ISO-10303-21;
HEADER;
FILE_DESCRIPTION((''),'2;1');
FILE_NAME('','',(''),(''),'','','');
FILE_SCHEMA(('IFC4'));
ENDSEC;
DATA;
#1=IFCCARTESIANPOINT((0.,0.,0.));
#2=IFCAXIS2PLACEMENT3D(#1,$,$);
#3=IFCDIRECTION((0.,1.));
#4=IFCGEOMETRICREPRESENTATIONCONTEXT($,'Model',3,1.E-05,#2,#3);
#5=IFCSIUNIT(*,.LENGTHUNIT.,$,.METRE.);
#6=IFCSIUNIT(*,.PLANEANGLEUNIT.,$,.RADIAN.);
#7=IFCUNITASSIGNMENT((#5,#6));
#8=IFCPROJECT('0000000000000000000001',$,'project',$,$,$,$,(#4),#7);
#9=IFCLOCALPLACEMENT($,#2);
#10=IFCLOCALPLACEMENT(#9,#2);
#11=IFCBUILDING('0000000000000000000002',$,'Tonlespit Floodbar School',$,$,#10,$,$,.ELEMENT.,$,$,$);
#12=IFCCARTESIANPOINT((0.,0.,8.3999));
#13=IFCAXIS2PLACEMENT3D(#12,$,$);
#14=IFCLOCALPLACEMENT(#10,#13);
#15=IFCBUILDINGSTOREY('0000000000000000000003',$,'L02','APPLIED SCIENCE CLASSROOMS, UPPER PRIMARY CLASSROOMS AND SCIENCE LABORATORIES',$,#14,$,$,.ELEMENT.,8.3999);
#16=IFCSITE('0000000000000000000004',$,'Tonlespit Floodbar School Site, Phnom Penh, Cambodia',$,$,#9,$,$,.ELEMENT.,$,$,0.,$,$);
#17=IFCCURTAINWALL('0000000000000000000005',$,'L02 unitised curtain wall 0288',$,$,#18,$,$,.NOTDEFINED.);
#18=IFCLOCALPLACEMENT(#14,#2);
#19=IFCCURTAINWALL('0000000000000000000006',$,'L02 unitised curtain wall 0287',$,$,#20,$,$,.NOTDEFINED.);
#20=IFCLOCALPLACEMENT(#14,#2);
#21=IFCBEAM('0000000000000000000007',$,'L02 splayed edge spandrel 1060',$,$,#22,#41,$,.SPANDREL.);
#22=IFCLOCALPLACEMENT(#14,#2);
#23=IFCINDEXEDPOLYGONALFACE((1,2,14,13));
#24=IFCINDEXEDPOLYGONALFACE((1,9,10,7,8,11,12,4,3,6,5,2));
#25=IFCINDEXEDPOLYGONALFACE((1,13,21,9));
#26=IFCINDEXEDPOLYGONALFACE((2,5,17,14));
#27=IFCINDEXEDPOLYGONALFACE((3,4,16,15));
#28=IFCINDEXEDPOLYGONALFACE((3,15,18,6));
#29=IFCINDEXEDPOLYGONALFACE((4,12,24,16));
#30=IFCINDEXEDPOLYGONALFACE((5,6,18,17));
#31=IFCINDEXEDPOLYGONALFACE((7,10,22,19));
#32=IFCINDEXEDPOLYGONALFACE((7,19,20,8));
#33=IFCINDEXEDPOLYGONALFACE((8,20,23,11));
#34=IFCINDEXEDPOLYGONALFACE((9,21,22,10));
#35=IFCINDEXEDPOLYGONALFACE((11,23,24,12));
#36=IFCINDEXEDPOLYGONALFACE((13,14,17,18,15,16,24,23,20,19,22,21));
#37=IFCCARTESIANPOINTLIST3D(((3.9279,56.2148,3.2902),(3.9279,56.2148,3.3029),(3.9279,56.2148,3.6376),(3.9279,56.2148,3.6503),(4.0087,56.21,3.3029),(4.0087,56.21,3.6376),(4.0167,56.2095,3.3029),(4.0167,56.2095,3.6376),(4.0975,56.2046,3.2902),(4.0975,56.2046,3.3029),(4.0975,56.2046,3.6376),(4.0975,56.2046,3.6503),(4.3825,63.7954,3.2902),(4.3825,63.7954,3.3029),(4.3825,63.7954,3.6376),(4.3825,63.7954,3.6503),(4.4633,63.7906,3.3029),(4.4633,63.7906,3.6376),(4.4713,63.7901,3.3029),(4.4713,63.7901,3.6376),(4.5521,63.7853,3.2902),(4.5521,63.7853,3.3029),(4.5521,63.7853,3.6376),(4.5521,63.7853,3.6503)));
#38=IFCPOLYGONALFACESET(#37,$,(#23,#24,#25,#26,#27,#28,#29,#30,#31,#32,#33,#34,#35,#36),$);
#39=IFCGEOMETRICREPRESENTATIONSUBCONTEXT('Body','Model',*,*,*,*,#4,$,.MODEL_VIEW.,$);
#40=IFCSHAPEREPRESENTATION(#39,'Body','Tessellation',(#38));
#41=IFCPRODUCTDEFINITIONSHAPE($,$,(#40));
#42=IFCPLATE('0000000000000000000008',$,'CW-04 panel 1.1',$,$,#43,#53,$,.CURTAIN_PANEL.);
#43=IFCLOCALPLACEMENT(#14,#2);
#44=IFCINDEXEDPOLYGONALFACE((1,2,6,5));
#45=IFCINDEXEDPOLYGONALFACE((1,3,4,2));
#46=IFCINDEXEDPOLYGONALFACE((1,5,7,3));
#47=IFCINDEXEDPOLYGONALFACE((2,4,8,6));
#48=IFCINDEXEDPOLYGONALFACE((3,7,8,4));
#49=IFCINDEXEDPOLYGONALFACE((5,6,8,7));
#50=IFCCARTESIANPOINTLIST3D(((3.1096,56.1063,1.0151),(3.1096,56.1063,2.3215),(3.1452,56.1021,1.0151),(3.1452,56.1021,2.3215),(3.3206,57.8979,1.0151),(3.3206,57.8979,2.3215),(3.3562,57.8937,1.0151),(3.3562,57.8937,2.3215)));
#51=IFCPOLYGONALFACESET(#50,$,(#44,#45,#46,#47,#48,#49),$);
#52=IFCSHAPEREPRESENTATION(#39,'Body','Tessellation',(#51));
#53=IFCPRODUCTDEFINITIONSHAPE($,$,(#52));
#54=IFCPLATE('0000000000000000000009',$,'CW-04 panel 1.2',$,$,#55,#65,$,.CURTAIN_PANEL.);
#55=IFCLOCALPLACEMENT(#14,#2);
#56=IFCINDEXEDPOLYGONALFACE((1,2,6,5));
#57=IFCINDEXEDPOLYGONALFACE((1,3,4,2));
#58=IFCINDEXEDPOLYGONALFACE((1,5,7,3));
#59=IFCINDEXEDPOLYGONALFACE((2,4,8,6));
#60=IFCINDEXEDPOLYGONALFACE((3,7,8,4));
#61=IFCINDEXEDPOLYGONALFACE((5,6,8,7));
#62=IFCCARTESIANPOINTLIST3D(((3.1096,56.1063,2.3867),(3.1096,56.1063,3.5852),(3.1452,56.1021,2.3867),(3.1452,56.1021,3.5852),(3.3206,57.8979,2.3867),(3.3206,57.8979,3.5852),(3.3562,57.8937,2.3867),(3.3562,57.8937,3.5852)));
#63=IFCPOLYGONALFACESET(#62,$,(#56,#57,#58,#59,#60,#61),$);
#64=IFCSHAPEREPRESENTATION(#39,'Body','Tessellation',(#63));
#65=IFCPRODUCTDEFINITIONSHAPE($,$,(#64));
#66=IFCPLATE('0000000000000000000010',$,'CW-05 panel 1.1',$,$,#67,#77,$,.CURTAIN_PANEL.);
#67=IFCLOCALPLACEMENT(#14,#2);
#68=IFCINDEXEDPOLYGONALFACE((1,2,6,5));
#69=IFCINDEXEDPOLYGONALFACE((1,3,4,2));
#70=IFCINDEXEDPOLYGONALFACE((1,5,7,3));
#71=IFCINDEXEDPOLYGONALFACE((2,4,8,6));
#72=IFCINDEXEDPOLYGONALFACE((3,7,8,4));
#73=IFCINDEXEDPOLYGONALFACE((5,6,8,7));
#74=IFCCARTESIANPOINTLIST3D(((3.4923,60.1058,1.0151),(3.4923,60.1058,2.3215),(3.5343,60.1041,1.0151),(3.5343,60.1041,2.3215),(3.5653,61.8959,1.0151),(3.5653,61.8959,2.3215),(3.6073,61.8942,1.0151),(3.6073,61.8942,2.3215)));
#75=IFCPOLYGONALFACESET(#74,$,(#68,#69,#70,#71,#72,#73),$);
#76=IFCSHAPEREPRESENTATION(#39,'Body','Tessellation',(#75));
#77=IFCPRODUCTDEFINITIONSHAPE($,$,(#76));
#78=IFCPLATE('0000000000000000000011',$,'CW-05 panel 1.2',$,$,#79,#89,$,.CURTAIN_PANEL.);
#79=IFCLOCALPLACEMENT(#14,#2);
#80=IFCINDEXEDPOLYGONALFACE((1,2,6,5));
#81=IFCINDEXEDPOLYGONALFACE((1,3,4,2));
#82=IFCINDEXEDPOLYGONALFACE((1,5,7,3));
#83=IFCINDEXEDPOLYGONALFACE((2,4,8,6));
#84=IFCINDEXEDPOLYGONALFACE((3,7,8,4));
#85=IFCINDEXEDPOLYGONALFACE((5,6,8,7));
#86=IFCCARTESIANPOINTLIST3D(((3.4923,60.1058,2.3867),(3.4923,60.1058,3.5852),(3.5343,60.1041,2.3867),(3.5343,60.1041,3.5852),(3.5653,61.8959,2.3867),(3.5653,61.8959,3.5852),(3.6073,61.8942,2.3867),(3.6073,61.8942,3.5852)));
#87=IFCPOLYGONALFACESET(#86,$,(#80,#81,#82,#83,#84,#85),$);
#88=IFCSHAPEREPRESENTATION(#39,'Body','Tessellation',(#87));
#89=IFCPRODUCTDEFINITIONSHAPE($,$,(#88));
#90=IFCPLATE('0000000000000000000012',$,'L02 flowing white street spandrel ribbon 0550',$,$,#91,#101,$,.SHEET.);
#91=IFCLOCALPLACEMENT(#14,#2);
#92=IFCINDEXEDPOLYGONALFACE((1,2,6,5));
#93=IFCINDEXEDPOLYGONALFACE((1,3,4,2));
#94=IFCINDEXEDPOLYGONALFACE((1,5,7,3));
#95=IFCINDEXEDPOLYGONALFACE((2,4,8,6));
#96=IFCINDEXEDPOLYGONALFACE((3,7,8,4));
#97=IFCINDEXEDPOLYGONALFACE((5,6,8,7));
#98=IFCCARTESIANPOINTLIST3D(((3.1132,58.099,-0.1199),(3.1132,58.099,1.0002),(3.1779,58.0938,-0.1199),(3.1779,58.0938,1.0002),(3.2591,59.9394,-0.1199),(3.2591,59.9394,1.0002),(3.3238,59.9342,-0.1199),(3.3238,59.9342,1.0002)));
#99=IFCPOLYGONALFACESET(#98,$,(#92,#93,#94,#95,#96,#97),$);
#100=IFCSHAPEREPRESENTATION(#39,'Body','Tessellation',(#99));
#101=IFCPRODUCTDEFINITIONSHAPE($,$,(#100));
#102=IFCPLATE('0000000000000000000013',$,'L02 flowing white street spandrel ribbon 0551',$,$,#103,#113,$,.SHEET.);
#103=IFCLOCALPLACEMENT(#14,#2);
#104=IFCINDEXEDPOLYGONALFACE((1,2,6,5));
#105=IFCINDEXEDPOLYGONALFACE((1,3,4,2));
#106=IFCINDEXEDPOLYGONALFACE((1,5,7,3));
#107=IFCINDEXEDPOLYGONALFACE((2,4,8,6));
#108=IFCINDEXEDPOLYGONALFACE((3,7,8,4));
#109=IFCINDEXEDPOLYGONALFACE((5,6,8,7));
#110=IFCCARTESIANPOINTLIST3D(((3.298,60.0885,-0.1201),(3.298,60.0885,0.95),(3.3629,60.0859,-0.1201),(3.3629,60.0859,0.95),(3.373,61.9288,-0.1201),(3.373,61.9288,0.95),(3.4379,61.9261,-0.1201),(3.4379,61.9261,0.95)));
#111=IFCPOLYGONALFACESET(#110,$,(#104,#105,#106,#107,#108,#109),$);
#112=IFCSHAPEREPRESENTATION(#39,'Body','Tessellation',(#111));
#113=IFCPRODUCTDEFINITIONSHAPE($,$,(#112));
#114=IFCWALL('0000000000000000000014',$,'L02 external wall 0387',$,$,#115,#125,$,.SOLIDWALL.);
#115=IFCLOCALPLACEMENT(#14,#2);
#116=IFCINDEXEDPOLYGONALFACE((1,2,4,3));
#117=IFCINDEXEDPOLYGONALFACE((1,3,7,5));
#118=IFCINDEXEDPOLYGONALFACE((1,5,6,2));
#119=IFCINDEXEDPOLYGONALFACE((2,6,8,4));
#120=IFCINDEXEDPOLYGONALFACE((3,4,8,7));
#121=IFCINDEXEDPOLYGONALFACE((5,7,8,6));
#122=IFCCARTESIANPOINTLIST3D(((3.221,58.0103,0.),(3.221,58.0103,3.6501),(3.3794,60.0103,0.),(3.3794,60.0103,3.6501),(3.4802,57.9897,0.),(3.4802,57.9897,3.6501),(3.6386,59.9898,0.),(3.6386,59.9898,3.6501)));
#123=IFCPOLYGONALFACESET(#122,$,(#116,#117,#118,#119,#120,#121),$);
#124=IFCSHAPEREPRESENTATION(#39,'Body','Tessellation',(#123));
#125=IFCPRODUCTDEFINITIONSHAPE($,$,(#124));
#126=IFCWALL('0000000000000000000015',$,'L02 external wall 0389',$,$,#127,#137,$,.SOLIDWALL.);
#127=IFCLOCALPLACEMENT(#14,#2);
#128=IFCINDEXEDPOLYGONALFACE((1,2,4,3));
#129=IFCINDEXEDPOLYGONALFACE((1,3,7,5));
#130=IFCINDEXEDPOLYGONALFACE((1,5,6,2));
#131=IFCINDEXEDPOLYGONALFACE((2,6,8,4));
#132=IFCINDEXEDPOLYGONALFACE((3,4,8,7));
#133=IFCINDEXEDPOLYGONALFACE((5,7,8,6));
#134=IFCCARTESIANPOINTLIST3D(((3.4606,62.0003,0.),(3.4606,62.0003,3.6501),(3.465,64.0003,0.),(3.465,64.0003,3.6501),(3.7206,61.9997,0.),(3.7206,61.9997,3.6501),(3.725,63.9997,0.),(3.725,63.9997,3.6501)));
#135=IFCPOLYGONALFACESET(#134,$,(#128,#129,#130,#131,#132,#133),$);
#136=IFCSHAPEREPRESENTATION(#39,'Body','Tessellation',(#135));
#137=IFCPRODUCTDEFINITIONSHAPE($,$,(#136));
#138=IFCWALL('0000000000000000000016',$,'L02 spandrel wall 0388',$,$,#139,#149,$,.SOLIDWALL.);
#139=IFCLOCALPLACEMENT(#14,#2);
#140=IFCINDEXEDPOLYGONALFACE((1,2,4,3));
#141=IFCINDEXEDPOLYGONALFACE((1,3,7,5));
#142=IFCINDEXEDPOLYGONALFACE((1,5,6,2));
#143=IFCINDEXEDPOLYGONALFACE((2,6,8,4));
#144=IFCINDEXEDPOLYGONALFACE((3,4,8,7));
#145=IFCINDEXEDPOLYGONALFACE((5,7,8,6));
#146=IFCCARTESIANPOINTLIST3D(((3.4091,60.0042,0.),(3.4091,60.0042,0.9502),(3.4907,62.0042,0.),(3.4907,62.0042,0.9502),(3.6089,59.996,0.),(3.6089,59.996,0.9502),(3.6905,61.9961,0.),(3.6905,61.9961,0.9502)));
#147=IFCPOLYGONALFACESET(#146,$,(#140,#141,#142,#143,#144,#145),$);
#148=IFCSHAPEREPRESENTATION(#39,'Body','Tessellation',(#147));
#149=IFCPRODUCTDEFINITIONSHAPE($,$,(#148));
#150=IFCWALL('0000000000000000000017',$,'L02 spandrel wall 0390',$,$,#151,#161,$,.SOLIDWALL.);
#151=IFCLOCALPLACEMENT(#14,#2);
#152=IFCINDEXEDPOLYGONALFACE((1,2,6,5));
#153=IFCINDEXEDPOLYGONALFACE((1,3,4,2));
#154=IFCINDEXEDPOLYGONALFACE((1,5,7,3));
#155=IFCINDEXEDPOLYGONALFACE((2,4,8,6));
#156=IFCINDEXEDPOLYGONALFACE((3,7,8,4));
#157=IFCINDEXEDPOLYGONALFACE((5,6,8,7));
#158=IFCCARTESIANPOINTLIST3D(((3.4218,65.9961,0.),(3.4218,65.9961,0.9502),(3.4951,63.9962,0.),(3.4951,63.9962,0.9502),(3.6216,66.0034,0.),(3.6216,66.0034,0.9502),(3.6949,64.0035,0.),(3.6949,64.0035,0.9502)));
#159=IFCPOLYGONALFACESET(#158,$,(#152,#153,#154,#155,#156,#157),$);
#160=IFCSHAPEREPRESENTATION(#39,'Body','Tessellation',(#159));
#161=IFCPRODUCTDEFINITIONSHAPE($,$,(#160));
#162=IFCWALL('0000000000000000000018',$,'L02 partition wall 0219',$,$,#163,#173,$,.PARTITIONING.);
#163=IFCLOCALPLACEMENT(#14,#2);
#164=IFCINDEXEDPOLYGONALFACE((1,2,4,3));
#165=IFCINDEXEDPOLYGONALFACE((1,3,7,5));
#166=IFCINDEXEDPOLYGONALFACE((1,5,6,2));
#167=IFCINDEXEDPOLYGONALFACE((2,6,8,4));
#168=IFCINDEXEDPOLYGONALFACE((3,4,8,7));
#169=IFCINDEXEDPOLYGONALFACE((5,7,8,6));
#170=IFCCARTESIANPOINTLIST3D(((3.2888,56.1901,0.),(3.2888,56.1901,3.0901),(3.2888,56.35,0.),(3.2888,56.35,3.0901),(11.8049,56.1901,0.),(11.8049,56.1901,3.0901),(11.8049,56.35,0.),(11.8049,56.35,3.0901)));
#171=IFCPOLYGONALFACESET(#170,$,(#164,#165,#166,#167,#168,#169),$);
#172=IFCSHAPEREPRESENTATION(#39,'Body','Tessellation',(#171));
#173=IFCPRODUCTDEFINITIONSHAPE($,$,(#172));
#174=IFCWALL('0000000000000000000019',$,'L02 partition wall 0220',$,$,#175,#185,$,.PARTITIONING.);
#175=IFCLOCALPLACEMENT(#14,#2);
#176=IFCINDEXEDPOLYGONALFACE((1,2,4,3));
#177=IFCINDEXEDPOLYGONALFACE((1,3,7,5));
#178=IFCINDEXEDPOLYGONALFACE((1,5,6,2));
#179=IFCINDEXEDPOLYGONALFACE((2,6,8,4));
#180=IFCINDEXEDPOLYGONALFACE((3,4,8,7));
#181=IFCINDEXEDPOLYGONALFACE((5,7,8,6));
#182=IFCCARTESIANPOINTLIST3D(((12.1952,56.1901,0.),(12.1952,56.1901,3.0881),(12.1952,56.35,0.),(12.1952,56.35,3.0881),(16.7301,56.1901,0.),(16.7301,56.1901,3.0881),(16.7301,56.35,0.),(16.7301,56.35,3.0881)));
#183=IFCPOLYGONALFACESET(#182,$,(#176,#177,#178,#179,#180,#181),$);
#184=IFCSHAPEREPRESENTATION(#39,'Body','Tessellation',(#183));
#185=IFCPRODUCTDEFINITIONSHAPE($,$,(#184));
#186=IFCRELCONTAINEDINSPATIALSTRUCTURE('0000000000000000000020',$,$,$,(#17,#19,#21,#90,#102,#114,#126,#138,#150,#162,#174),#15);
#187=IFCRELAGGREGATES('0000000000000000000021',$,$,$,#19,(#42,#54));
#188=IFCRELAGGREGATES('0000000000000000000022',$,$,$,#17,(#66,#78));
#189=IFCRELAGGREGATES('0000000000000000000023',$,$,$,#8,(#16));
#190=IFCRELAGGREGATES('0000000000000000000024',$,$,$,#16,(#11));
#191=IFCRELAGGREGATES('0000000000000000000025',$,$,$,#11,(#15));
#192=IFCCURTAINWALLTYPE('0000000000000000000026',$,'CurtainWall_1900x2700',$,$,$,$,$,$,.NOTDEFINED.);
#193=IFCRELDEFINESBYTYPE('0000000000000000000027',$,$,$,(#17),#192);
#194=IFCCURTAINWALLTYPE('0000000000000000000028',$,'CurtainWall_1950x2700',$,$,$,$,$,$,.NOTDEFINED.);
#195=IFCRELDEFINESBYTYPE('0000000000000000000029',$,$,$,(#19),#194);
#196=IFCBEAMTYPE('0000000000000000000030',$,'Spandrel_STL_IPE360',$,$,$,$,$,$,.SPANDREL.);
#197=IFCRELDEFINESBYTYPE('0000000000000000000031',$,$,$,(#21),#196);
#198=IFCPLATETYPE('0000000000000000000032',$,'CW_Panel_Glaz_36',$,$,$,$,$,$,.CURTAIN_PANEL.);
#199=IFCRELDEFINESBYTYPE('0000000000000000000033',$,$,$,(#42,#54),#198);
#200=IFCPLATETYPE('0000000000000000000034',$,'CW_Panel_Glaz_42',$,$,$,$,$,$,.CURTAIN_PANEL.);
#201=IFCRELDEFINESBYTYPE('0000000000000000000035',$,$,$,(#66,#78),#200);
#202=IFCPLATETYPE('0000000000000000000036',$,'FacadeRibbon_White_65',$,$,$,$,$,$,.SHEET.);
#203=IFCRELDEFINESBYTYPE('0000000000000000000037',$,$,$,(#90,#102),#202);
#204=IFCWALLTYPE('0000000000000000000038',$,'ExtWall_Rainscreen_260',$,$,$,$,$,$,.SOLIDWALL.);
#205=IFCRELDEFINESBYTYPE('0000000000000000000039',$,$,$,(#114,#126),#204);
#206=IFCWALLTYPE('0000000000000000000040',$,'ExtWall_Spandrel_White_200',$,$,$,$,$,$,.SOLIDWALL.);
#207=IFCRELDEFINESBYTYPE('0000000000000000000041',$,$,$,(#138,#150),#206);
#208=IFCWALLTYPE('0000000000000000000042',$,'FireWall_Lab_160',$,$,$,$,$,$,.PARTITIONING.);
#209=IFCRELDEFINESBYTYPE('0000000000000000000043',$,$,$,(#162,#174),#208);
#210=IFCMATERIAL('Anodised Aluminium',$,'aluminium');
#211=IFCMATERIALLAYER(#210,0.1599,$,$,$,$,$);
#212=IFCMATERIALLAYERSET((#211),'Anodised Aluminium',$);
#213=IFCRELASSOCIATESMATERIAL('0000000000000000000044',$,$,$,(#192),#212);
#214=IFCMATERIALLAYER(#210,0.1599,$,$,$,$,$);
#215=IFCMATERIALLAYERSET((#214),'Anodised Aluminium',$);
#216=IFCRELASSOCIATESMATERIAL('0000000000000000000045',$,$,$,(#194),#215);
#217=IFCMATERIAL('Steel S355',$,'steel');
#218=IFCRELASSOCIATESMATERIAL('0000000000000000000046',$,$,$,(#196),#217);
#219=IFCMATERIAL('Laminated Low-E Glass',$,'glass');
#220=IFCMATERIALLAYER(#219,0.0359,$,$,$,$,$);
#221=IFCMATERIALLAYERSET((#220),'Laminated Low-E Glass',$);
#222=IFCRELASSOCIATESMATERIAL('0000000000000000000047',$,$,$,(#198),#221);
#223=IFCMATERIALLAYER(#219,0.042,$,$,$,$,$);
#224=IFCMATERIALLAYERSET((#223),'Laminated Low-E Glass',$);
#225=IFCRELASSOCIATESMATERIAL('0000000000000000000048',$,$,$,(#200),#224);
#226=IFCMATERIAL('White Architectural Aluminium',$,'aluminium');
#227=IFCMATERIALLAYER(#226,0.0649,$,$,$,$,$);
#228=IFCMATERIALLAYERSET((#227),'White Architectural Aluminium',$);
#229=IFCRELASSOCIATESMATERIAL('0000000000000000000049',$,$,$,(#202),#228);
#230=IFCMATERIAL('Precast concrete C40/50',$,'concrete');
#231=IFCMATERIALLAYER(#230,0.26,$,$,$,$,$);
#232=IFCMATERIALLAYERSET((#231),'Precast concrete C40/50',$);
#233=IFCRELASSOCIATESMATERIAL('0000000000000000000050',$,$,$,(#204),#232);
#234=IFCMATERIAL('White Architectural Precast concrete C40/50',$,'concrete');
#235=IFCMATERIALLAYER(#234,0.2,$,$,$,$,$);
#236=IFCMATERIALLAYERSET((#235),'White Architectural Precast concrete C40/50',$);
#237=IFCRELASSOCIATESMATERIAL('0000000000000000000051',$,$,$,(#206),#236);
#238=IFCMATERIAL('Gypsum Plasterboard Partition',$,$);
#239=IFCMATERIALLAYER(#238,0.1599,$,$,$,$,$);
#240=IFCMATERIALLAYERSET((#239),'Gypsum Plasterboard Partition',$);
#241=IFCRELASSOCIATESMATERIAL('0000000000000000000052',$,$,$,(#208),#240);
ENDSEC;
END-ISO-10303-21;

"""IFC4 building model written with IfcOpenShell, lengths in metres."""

from ifc_helpers import new_model, si_unit, direction, frame, frame_2d, origin, origin_2d, place, context, subcontext, project, spatial, rectangle, i_section, extrude, material, layer, layer_set, material_profile, profile_set, type_object, element, aggregate, save


model = new_model("IFC4")

# Units and contexts
model_context = context("Model", 3, precision=1e-05, world=origin(), true_north=direction((0.0, 1.0)))
body_context = subcontext(model_context, "Body", "Model", "MODEL_VIEW")
ifc_project = project(units=[si_unit("LENGTHUNIT", "METRE"), si_unit("PLANEANGLEUNIT", "RADIAN")], contexts=[model_context])

# Site, building, storey
site_placement = place(None, origin())
site = spatial("IfcSite", under=ifc_project, at=site_placement, Name="Tonlespit Floodbar School Site, Phnom Penh, Cambodia", CompositionType="ELEMENT", RefElevation=0.0)
building_placement = place(site_placement, origin())
building = spatial("IfcBuilding", under=site, at=building_placement, Name="Tonlespit Floodbar School", CompositionType="ELEMENT")
storey_placement = place(building_placement, frame((0.0, 0.0, 8.3999)))
storey = spatial("IfcBuildingStorey", under=building, at=storey_placement, Name="L02", Description="APPLIED SCIENCE CLASSROOMS, UPPER PRIMARY CLASSROOMS AND SCIENCE LABORATORIES", CompositionType="ELEMENT", Elevation=8.3999)

# Curtain wall
ifc_material_1 = material(Name="Anodised Aluminium", Category="aluminium")
ifc_layer_1 = layer(ifc_material_1, 0.1599)
ifc_layer_set_1 = layer_set([ifc_layer_1], Name="Anodised Aluminium")
curtain_wall_type_1 = type_object("IfcCurtainWallType", Name="CurtainWall_1900x2700", PredefinedType="NOTDEFINED", material=ifc_layer_set_1)
curtain_wall_1_placement = place(storey_placement, origin())
curtain_wall_1 = element("IfcCurtainWall", 1, at=curtain_wall_1_placement, inside=storey, type_object=curtain_wall_type_1, Name="L02 unitised curtain wall 0288", PredefinedType="NOTDEFINED")

# Curtain wall
ifc_layer_2 = layer(ifc_material_1, 0.1599)
ifc_layer_set_2 = layer_set([ifc_layer_2], Name="Anodised Aluminium")
curtain_wall_type_2 = type_object("IfcCurtainWallType", Name="CurtainWall_1950x2700", PredefinedType="NOTDEFINED", material=ifc_layer_set_2)
curtain_wall_2_placement = place(storey_placement, origin())
curtain_wall_2 = element("IfcCurtainWall", 2, at=curtain_wall_2_placement, inside=storey, type_object=curtain_wall_type_2, Name="L02 unitised curtain wall 0287", PredefinedType="NOTDEFINED")

# Beam
ifc_material_2 = material(Name="Steel S355", Category="steel")
ifc_material_profile_1 = material_profile(ifc_material_2, i_section(OverallWidth=0.1699, OverallDepth=0.3601, WebThickness=0.0081, FlangeThickness=0.0127, at=origin_2d()), Name="IPE 360")
ifc_profile_set_1 = profile_set([ifc_material_profile_1], Name="Steel S355")
beam_type_1 = type_object("IfcBeamType", Name="Spandrel_STL_IPE360", PredefinedType="SPANDREL", material=ifc_profile_set_1)
beam_1_placement = place(storey_placement, frame((4.0127, 56.2097, 3.4702), z_axis=(0.05986, 0.998207, 0.0), x_axis=(-0.998207, 0.05986, 0.0)))
element("IfcBeam", 3, at=beam_1_placement, inside=storey, type_object=beam_type_1, Name="L02 splayed edge spandrel 1060", PredefinedType="SPANDREL", context=body_context, shape_type="SweptSolid", body=[
    extrude(i_section(OverallWidth=0.1699, OverallDepth=0.3601, WebThickness=0.0081, FlangeThickness=0.0127, at=origin_2d()), origin(), (0.0, 0.0, 1.0), 7.5942),
])

# Plates
ifc_material_3 = material(Name="Laminated Low-E Glass", Category="glass")
ifc_layer_3 = layer(ifc_material_3, 0.0359)
ifc_layer_set_3 = layer_set([ifc_layer_3], Name="Laminated Low-E Glass")
plate_type_1 = type_object("IfcPlateType", Name="CW_Panel_Glaz_36", PredefinedType="CURTAIN_PANEL", material=ifc_layer_set_3)
plate_1_placement = place(storey_placement, frame((3.2329, 57.0, 1.0151), z_axis=(0.0, 0.0, 1.0), x_axis=(0.116967, 0.993136, 0.0)))
plate_1 = element("IfcPlate", 4, at=plate_1_placement, type_object=plate_type_1, Name="CW-04 panel 1.1", PredefinedType="CURTAIN_PANEL", context=body_context, shape_type="SweptSolid", body=[
    extrude(rectangle(XDim=1.804, YDim=0.0359, at=origin_2d()), origin(), (0.0, 0.0, 1.0), 1.3064),
])
plate_2_placement = place(storey_placement, frame((3.2329, 57.0, 2.3867), z_axis=(0.0, 0.0, 1.0), x_axis=(0.116967, 0.993136, 0.0)))
plate_2 = element("IfcPlate", 5, at=plate_2_placement, type_object=plate_type_1, Name="CW-04 panel 1.2", PredefinedType="CURTAIN_PANEL", context=body_context, shape_type="SweptSolid", body=[
    extrude(rectangle(XDim=1.804, YDim=0.0359, at=origin_2d()), origin(), (0.0, 0.0, 1.0), 1.1985),
])
aggregate(curtain_wall_2, [plate_1, plate_2])
ifc_layer_4 = layer(ifc_material_3, 0.042)
ifc_layer_set_4 = layer_set([ifc_layer_4], Name="Laminated Low-E Glass")
plate_type_2 = type_object("IfcPlateType", Name="CW_Panel_Glaz_42", PredefinedType="CURTAIN_PANEL", material=ifc_layer_set_4)
plate_3_placement = place(storey_placement, frame((3.5498, 61.0, 1.0151), z_axis=(0.0, 0.0, 1.0), x_axis=(0.040747, 0.999169, 0.0)))
plate_3 = element("IfcPlate", 6, at=plate_3_placement, type_object=plate_type_2, Name="CW-05 panel 1.1", PredefinedType="CURTAIN_PANEL", context=body_context, shape_type="SweptSolid", body=[
    extrude(rectangle(XDim=1.7915, YDim=0.042, at=origin_2d()), origin(), (0.0, 0.0, 1.0), 1.3064),
])
plate_4_placement = place(storey_placement, frame((3.5498, 61.0, 2.3867), z_axis=(0.0, 0.0, 1.0), x_axis=(0.040747, 0.999169, 0.0)))
plate_4 = element("IfcPlate", 7, at=plate_4_placement, type_object=plate_type_2, Name="CW-05 panel 1.2", PredefinedType="CURTAIN_PANEL", context=body_context, shape_type="SweptSolid", body=[
    extrude(rectangle(XDim=1.7915, YDim=0.042, at=origin_2d()), origin(), (0.0, 0.0, 1.0), 1.1985),
])
aggregate(curtain_wall_1, [plate_3, plate_4])

# Plates
ifc_material_4 = material(Name="White Architectural Aluminium", Category="aluminium")
ifc_layer_5 = layer(ifc_material_4, 0.0649)
ifc_layer_set_5 = layer_set([ifc_layer_5], Name="White Architectural Aluminium")
plate_type_3 = type_object("IfcPlateType", Name="FacadeRibbon_White_65", PredefinedType="SHEET", material=ifc_layer_set_5)
plate_5_placement = place(storey_placement, frame((3.2185, 59.0166, -0.1199), z_axis=(0.0, 0.0, 1.0), x_axis=(0.079002, 0.996874, 0.0)))
element("IfcPlate", 8, at=plate_5_placement, inside=storey, type_object=plate_type_3, Name="L02 flowing white street spandrel ribbon 0550", PredefinedType="SHEET", context=body_context, shape_type="SweptSolid", body=[
    extrude(rectangle(XDim=1.8462, YDim=0.0649, at=origin_2d()), origin(), (0.0, 0.0, 1.0), 1.1201),
])
plate_6_placement = place(storey_placement, frame((3.3679, 61.0073, -0.1201), z_axis=(0.0, 0.0, 1.0), x_axis=(0.040716, 0.999171, 0.0)))
element("IfcPlate", 9, at=plate_6_placement, inside=storey, type_object=plate_type_3, Name="L02 flowing white street spandrel ribbon 0551", PredefinedType="SHEET", context=body_context, shape_type="SweptSolid", body=[
    extrude(rectangle(XDim=1.8418, YDim=0.0649, at=origin_2d()), origin(), (0.0, 0.0, 1.0), 1.0701),
])

# Walls
ifc_material_5 = material(Name="Precast concrete C40/50", Category="concrete")
ifc_layer_6 = layer(ifc_material_5, 0.26)
ifc_layer_set_6 = layer_set([ifc_layer_6], Name="Precast concrete C40/50")
wall_type_1 = type_object("IfcWallType", Name="ExtWall_Rainscreen_260", PredefinedType="SOLIDWALL", material=ifc_layer_set_6)
wall_1_placement = place(storey_placement, frame((3.3506, 58.0, 0.0), z_axis=(0.0, 0.0, 1.0), x_axis=(0.078976, 0.996877, 0.0)))
element("IfcWall", 10, at=wall_1_placement, inside=storey, type_object=wall_type_1, Name="L02 external wall 0387", PredefinedType="SOLIDWALL", context=body_context, shape_type="SweptSolid", body=[
    extrude(rectangle(XDim=2.0063, YDim=0.26, at=frame_2d((1.0032, 0.0))), origin(), (0.0, 0.0, 1.0), 3.6501),
])
wall_2_placement = place(storey_placement, frame((3.5906, 62.0, 0.0), z_axis=(0.0, 0.0, 1.0), x_axis=(0.002197, 0.999998, 0.0)))
element("IfcWall", 11, at=wall_2_placement, inside=storey, type_object=wall_type_1, Name="L02 external wall 0389", PredefinedType="SOLIDWALL", context=body_context, shape_type="SweptSolid", body=[
    extrude(rectangle(XDim=2.0, YDim=0.26, at=frame_2d((1.0, 0.0))), origin(), (0.0, 0.0, 1.0), 3.6501),
])
ifc_material_6 = material(Name="White Architectural Precast concrete C40/50", Category="concrete")
ifc_layer_7 = layer(ifc_material_6, 0.2)
ifc_layer_set_7 = layer_set([ifc_layer_7], Name="White Architectural Precast concrete C40/50")
wall_type_2 = type_object("IfcWallType", Name="ExtWall_Spandrel_White_200", PredefinedType="SOLIDWALL", material=ifc_layer_set_7)
wall_3_placement = place(storey_placement, frame((3.509, 60.0, 0.0), z_axis=(0.0, 0.0, 1.0), x_axis=(0.040738, 0.99917, 0.0)))
element("IfcWall", 12, at=wall_3_placement, inside=storey, type_object=wall_type_2, Name="L02 spandrel wall 0388", PredefinedType="SOLIDWALL", context=body_context, shape_type="SweptSolid", body=[
    extrude(rectangle(XDim=2.0017, YDim=0.2, at=frame_2d((1.001, 0.0))), origin(), (0.0, 0.0, 1.0), 0.9502),
])
wall_4_placement = place(storey_placement, frame((3.595, 64.0, 0.0), z_axis=(0.0, 0.0, 1.0), x_axis=(-0.036597, 0.99933, 0.0)))
element("IfcWall", 13, at=wall_4_placement, inside=storey, type_object=wall_type_2, Name="L02 spandrel wall 0390", PredefinedType="SOLIDWALL", context=body_context, shape_type="SweptSolid", body=[
    extrude(rectangle(XDim=2.0012, YDim=0.2, at=frame_2d((1.0005, 0.0))), origin(), (0.0, 0.0, 1.0), 0.9502),
])
ifc_material_7 = material(Name="Gypsum Plasterboard Partition")
ifc_layer_8 = layer(ifc_material_7, 0.1599)
ifc_layer_set_8 = layer_set([ifc_layer_8], Name="Gypsum Plasterboard Partition")
wall_type_3 = type_object("IfcWallType", Name="FireWall_Lab_160", PredefinedType="PARTITIONING", material=ifc_layer_set_8)
wall_5_placement = place(storey_placement, frame((3.2888, 56.27, 0.0), z_axis=(0.0, 0.0, 1.0), x_axis=(1.0, 0.0, 0.0)))
element("IfcWall", 14, at=wall_5_placement, inside=storey, type_object=wall_type_3, Name="L02 partition wall 0219", PredefinedType="PARTITIONING", context=body_context, shape_type="SweptSolid", body=[
    extrude(rectangle(XDim=8.5161, YDim=0.1599, at=frame_2d((4.2581, 0.0))), origin(), (0.0, 0.0, 1.0), 3.0901),
])
wall_6_placement = place(storey_placement, frame((12.1951, 56.27, 0.0), z_axis=(0.0, 0.0, 1.0), x_axis=(1.0, 0.0, 0.0)))
element("IfcWall", 15, at=wall_6_placement, inside=storey, type_object=wall_type_3, Name="L02 partition wall 0220", PredefinedType="PARTITIONING", context=body_context, shape_type="SweptSolid", body=[
    extrude(rectangle(XDim=4.5349, YDim=0.1599, at=frame_2d((2.2676, 0.0))), origin(), (0.0, 0.0, 1.0), 3.0881),
])

save(model, "model.ifc")
